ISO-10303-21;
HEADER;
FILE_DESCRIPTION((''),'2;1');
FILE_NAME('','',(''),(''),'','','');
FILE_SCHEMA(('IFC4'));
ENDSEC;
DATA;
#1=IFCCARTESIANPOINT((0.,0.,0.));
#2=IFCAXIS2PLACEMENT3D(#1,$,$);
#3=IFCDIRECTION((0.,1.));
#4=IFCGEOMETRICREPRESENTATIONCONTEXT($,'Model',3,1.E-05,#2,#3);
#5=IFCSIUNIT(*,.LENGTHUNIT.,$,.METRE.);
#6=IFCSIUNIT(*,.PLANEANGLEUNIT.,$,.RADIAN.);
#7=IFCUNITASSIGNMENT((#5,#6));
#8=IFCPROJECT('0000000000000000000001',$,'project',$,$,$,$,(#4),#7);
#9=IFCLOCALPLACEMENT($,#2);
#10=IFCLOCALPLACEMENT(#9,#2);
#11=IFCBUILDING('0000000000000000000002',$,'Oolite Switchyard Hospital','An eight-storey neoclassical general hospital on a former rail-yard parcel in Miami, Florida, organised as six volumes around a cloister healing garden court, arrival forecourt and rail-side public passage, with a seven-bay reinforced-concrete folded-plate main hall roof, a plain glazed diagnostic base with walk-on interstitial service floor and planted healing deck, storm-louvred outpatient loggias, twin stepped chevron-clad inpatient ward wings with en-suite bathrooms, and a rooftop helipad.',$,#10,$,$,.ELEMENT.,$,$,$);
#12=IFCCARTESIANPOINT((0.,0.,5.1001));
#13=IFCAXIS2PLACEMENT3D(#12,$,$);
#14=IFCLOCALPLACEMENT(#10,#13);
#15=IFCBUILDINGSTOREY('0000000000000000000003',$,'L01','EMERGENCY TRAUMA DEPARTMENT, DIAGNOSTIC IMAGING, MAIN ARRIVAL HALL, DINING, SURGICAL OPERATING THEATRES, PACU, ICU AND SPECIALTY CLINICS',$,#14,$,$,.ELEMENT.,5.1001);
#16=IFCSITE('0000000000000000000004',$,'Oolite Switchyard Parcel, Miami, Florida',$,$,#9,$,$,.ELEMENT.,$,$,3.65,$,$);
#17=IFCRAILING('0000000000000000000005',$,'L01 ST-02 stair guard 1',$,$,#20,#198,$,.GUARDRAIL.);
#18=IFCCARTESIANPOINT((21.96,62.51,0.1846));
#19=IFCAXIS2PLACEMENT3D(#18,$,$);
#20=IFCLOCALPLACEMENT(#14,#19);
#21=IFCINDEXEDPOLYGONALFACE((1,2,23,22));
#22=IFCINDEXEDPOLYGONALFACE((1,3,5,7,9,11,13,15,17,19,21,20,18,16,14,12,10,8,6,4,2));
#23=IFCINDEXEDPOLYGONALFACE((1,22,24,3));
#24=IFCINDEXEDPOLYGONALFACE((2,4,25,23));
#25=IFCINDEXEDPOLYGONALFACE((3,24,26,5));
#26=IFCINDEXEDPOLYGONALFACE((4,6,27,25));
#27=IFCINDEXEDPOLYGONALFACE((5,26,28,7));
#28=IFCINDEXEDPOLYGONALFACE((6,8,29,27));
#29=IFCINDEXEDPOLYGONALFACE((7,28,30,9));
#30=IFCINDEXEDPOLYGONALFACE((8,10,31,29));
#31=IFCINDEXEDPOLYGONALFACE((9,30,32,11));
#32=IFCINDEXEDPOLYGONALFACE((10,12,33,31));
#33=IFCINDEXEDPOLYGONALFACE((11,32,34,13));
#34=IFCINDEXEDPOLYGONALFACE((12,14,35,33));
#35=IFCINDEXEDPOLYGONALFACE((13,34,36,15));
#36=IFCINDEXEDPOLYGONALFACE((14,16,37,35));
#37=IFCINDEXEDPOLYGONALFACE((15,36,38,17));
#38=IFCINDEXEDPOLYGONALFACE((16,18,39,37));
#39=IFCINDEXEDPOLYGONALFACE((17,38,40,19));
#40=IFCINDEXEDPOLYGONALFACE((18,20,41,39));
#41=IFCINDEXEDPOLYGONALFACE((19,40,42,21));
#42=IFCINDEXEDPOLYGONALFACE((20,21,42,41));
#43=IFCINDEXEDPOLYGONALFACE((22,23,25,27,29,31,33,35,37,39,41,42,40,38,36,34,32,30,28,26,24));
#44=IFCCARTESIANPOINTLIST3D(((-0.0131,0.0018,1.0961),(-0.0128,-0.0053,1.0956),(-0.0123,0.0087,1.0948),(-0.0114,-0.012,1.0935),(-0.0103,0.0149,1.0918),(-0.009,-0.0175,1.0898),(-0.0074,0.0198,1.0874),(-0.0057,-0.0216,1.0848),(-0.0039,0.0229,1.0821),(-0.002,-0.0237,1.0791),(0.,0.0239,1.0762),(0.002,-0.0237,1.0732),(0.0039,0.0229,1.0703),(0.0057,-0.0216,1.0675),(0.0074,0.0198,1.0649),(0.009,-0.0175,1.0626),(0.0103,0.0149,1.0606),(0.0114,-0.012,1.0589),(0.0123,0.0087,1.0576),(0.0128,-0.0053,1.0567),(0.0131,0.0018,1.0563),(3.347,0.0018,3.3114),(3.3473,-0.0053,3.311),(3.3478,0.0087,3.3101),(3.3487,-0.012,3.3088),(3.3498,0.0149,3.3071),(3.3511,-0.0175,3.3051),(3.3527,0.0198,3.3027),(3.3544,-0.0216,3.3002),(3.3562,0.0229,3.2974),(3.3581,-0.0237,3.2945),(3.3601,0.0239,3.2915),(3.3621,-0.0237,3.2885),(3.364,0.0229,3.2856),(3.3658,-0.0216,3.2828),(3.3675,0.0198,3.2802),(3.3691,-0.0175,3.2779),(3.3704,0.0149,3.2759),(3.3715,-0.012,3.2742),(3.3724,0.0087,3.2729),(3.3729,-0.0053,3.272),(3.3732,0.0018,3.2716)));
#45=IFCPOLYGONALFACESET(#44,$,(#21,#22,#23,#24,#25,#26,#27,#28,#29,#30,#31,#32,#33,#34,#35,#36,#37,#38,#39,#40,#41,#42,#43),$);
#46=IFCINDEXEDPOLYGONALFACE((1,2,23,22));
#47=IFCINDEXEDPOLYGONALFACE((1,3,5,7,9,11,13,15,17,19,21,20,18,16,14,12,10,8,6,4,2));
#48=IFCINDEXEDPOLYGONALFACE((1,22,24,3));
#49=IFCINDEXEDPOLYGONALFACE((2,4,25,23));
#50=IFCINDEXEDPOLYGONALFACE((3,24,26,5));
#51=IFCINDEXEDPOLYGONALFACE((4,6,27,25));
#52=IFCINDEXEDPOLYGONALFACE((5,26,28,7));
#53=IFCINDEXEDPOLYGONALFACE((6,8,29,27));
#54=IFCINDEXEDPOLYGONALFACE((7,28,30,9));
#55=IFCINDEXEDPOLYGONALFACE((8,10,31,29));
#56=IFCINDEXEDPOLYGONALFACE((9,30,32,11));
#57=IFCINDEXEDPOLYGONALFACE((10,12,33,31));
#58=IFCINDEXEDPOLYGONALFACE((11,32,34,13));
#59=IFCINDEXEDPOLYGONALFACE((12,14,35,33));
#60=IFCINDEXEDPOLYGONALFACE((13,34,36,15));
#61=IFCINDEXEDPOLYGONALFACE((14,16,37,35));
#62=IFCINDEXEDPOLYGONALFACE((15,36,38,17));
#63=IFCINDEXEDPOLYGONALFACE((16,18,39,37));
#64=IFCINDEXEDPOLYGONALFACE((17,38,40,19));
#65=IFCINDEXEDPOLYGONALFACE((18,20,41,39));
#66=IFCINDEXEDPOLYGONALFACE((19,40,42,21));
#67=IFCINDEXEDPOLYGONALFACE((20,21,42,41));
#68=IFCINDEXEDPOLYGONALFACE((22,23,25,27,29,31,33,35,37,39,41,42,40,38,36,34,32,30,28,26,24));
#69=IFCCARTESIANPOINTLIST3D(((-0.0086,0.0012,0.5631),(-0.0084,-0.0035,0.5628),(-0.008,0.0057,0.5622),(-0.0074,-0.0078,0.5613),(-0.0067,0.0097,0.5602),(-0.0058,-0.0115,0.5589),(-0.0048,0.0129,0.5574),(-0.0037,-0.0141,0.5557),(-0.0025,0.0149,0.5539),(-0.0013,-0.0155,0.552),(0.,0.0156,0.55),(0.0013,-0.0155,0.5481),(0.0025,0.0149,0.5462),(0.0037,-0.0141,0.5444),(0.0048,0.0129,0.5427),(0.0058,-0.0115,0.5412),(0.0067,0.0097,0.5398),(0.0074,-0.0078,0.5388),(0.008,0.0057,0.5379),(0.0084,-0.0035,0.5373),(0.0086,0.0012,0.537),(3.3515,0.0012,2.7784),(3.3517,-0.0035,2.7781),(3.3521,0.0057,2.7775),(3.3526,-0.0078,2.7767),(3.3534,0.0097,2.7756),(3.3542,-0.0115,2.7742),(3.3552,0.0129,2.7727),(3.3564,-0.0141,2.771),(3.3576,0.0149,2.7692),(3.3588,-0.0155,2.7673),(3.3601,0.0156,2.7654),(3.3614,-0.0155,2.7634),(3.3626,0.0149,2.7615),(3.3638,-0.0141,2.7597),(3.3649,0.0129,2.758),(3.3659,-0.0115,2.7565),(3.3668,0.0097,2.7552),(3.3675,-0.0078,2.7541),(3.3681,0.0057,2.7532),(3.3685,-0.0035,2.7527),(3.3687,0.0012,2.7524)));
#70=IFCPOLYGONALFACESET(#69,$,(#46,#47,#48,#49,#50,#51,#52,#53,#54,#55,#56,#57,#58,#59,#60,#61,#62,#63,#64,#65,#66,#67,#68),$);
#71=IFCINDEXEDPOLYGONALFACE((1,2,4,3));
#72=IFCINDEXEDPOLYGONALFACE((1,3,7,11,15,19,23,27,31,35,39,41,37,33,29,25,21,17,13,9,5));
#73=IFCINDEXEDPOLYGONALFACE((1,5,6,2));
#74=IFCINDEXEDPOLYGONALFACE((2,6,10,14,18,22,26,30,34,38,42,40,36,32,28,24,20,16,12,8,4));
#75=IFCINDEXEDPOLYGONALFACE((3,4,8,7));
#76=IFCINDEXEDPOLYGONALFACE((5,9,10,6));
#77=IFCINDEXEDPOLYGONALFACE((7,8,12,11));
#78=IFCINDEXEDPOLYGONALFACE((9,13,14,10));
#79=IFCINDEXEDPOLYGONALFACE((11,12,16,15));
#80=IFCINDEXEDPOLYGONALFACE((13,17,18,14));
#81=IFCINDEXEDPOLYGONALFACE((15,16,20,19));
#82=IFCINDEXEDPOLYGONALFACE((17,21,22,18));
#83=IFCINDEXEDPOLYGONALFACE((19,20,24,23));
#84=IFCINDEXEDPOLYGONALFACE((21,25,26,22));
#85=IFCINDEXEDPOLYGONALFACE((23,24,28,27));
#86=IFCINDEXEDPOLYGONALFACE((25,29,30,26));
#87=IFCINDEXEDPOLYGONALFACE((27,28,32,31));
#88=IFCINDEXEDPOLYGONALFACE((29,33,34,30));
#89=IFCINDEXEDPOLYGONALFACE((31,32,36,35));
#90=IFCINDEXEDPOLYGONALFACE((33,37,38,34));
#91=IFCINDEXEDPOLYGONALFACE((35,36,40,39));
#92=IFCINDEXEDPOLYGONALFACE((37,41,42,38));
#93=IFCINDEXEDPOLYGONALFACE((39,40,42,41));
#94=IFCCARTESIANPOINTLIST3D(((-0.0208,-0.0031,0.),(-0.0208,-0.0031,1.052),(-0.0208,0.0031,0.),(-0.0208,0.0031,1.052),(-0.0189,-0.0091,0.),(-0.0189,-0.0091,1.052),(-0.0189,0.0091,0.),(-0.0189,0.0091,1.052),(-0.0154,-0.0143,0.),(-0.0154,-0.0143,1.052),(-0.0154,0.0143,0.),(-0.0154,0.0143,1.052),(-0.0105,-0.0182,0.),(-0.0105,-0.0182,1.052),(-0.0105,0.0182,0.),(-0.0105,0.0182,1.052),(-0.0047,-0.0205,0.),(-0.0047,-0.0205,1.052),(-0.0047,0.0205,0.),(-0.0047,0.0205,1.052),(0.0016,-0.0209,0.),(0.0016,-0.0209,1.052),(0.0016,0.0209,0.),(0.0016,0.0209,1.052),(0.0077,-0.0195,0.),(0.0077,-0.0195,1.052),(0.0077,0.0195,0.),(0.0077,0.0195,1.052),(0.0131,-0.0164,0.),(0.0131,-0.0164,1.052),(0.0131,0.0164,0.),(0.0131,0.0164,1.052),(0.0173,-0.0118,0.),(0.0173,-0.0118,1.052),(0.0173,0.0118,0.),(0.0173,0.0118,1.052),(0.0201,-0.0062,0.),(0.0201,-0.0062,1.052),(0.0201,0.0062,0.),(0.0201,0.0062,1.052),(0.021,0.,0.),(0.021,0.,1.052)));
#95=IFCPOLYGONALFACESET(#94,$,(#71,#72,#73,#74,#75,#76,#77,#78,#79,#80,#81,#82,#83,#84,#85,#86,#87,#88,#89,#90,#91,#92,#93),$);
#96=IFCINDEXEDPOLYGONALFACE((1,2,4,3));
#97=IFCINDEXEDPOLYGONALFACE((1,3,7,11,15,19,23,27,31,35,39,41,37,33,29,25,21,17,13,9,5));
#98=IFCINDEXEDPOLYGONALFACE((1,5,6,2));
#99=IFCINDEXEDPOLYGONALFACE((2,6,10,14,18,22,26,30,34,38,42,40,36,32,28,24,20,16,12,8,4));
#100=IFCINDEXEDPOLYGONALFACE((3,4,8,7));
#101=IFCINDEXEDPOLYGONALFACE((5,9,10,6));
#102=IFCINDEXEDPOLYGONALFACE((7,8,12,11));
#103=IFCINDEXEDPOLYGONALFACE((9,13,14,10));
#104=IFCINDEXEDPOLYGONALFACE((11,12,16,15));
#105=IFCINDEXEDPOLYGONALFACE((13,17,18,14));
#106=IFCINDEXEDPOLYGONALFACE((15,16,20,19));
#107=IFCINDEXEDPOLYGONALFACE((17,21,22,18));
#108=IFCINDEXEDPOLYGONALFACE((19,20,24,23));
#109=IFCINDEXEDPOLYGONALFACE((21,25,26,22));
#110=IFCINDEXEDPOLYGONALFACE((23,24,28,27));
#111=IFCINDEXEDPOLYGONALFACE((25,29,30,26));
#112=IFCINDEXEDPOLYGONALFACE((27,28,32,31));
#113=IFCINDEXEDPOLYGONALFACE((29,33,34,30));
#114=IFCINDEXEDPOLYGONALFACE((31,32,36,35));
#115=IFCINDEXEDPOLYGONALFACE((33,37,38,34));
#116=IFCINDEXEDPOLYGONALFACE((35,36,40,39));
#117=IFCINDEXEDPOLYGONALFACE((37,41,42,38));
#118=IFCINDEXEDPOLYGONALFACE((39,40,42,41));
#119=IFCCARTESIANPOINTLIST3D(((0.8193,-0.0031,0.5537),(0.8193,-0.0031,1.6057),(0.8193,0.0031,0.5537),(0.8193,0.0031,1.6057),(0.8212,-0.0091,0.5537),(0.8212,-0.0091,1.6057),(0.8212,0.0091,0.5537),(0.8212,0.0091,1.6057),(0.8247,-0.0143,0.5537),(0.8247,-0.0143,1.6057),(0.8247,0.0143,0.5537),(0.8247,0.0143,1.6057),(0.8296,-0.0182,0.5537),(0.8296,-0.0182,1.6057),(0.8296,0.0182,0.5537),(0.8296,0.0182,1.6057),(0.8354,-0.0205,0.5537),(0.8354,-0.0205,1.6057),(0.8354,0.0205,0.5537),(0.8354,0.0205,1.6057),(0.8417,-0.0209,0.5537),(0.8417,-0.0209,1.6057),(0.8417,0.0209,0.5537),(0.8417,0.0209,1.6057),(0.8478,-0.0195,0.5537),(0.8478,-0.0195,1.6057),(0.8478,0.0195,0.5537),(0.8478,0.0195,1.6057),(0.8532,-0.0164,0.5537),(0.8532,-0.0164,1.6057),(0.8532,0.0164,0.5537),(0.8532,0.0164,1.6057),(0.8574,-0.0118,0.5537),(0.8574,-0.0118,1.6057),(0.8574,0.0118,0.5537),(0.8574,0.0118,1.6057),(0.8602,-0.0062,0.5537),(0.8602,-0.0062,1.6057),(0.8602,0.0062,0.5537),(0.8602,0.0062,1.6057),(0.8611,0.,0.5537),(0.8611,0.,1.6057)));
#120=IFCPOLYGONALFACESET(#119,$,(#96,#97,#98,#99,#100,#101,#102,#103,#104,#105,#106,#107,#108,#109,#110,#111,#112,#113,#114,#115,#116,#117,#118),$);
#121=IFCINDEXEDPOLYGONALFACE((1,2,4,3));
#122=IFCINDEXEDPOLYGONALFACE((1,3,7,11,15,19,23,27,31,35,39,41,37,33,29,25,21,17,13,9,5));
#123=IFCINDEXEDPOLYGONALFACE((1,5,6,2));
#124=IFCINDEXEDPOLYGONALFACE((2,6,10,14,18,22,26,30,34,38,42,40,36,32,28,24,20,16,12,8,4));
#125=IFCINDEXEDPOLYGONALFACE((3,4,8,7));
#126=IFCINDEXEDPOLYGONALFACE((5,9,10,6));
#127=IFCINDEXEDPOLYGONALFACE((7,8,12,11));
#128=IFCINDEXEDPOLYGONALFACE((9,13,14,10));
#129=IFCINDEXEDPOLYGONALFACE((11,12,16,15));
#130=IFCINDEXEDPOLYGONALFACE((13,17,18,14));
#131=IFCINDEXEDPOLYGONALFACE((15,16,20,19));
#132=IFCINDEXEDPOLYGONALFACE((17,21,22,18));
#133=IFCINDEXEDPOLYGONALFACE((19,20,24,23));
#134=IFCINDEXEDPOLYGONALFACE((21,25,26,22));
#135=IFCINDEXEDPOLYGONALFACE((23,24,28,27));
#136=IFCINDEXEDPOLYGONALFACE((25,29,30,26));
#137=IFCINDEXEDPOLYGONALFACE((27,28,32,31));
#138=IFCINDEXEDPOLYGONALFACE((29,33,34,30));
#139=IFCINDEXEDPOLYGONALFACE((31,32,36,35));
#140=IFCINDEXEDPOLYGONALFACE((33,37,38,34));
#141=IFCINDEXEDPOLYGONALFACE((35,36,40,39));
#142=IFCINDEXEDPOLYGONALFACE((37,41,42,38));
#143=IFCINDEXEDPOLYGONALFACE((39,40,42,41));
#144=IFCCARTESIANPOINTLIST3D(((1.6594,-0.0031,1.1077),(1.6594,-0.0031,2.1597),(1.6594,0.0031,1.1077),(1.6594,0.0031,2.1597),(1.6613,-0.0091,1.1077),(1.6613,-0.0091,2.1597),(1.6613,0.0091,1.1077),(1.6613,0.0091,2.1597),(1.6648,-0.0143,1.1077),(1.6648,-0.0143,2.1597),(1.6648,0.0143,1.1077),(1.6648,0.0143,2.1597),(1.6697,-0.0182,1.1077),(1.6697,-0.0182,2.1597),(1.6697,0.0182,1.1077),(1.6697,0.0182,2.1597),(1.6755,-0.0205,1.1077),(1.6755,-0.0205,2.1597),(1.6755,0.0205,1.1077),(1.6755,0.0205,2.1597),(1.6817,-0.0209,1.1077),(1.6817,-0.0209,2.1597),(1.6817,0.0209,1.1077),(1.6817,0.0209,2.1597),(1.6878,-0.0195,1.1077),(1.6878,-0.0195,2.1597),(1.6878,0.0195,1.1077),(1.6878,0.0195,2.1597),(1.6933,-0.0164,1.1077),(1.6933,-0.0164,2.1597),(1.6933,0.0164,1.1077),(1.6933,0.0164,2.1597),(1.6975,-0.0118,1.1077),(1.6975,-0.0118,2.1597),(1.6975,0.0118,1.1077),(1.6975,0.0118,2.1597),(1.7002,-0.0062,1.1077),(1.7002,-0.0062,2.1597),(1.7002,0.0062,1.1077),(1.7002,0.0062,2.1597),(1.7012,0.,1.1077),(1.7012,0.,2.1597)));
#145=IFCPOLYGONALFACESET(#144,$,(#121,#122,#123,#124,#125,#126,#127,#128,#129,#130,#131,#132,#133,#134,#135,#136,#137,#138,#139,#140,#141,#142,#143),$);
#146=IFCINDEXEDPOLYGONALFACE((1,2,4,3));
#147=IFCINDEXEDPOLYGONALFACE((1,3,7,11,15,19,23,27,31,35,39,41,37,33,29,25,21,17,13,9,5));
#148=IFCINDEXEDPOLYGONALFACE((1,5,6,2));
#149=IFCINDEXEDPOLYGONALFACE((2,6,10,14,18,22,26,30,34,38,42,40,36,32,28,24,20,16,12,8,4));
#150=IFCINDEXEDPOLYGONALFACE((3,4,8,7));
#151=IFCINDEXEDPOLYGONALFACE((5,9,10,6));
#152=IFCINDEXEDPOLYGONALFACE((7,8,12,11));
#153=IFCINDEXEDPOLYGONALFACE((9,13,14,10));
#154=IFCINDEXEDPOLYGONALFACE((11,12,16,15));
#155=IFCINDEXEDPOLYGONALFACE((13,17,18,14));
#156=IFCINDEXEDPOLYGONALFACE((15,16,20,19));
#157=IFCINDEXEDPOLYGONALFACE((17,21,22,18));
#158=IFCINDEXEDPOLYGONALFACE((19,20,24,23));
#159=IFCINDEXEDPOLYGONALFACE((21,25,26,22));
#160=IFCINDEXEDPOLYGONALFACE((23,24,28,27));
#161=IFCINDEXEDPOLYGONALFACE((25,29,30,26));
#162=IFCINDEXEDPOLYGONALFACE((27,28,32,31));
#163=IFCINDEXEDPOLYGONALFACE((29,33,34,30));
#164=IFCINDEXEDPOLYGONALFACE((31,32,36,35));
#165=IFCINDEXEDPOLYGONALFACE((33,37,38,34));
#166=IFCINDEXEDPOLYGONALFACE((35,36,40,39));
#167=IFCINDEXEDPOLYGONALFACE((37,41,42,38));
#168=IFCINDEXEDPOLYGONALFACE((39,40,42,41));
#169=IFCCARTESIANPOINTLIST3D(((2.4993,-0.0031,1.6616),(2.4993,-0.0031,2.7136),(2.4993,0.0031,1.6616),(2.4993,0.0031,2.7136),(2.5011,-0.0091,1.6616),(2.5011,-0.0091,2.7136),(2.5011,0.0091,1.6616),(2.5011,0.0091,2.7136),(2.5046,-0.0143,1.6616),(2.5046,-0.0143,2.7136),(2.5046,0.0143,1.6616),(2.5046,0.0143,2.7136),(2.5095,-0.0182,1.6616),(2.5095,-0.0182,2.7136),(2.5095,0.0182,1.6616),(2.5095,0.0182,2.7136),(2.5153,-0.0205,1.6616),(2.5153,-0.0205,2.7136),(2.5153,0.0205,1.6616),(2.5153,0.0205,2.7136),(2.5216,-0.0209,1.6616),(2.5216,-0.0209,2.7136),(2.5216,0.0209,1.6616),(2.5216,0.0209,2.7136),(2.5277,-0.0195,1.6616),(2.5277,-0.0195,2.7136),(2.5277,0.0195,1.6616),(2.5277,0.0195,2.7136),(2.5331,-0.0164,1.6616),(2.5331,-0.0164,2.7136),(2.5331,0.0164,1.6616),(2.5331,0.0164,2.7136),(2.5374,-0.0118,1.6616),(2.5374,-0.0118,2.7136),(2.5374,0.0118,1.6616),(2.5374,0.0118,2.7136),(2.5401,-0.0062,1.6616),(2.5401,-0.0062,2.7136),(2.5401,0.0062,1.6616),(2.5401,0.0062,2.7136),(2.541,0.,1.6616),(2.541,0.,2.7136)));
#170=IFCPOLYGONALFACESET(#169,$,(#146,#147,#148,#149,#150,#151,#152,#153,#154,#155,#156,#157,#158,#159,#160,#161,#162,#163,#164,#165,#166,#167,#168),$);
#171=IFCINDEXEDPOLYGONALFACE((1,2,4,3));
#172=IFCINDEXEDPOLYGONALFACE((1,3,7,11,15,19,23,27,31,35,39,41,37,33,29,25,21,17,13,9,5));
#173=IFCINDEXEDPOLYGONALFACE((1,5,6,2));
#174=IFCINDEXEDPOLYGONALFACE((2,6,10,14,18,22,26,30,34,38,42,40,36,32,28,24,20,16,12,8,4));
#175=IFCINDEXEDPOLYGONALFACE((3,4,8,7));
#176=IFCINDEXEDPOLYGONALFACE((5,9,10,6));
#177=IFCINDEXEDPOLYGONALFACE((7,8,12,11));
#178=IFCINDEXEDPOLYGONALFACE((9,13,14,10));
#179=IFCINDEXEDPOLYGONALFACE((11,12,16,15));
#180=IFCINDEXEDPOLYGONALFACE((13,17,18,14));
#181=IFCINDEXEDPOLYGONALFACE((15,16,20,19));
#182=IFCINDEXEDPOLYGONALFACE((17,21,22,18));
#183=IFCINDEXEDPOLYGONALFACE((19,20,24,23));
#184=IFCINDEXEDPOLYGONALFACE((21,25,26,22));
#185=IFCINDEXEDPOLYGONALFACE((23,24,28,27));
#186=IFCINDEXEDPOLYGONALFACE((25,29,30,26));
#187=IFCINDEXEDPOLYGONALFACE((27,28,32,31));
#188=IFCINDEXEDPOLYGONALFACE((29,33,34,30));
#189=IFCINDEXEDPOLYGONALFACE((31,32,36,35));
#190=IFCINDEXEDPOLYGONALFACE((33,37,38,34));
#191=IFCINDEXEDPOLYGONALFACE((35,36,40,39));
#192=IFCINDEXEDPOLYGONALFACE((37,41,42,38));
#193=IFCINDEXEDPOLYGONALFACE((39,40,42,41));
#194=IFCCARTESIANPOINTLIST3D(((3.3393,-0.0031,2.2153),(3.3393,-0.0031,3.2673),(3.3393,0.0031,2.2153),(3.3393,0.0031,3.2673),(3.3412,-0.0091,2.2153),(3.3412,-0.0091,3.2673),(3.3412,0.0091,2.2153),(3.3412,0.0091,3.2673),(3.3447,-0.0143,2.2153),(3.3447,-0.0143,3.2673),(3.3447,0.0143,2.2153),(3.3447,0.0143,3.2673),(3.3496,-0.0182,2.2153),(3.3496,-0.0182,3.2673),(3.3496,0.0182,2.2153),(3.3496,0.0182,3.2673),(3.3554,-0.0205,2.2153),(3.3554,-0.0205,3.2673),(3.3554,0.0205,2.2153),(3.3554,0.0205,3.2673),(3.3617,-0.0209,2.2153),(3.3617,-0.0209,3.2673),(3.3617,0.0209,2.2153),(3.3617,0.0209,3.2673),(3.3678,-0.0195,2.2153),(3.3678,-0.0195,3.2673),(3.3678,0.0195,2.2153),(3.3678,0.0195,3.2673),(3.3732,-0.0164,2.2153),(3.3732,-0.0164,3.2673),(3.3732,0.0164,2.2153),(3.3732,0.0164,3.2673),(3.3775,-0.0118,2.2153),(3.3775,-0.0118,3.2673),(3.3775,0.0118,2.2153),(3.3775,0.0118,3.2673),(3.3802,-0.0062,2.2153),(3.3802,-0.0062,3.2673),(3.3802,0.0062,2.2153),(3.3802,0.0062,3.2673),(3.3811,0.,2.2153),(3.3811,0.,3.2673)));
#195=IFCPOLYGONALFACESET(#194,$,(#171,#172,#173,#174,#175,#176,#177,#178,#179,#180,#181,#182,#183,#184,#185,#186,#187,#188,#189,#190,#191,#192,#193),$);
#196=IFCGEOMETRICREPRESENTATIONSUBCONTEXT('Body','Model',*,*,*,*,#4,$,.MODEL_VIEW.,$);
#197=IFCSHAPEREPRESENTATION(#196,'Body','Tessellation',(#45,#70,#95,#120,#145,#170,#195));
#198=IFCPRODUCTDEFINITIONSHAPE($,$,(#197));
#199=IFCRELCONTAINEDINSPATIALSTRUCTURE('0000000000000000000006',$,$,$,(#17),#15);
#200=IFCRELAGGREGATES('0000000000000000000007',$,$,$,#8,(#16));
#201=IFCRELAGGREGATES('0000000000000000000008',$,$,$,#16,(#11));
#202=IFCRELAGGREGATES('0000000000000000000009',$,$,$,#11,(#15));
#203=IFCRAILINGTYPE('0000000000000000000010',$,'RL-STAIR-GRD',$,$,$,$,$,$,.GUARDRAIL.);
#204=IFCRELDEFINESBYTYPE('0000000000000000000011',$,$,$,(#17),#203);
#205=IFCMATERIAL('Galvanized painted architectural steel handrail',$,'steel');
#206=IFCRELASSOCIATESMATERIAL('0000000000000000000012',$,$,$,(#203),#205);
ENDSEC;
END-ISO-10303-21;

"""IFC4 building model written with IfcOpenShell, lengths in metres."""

from ifc_helpers import new_model, si_unit, direction, frame, origin, origin_2d, place, context, subcontext, project, spatial, circle, extrude, material, type_object, element, save


model = new_model("IFC4")

# Units and contexts
model_context = context("Model", 3, precision=1e-05, world=origin(), true_north=direction((0.0, 1.0)))
body_context = subcontext(model_context, "Body", "Model", "MODEL_VIEW")
ifc_project = project(units=[si_unit("LENGTHUNIT", "METRE"), si_unit("PLANEANGLEUNIT", "RADIAN")], contexts=[model_context])

# Site, building, storey
site_placement = place(None, origin())
site = spatial("IfcSite", under=ifc_project, at=site_placement, Name="Oolite Switchyard Parcel, Miami, Florida", CompositionType="ELEMENT", RefElevation=3.65)
building_placement = place(site_placement, origin())
building = spatial("IfcBuilding", under=site, at=building_placement, Name="Oolite Switchyard Hospital", Description="An eight-storey neoclassical general hospital on a former rail-yard parcel in Miami, Florida, organised as six volumes around a cloister healing garden court, arrival forecourt and rail-side public passage, with a seven-bay reinforced-concrete folded-plate main hall roof, a plain glazed diagnostic base with walk-on interstitial service floor and planted healing deck, storm-louvred outpatient loggias, twin stepped chevron-clad inpatient ward wings with en-suite bathrooms, and a rooftop helipad.", CompositionType="ELEMENT")
storey_placement = place(building_placement, frame((0.0, 0.0, 5.1001)))
storey = spatial("IfcBuildingStorey", under=building, at=storey_placement, Name="L01", Description="EMERGENCY TRAUMA DEPARTMENT, DIAGNOSTIC IMAGING, MAIN ARRIVAL HALL, DINING, SURGICAL OPERATING THEATRES, PACU, ICU AND SPECIALTY CLINICS", CompositionType="ELEMENT", Elevation=5.1001)

# Railing
ifc_material_1 = material(Name="Galvanized painted architectural steel handrail", Category="steel")
railing_type_1 = type_object("IfcRailingType", Name="RL-STAIR-GRD", PredefinedType="GUARDRAIL", material=ifc_material_1)
railing_1_placement = place(storey_placement, frame((21.96, 62.51, 0.1846)))
element("IfcRailing", 1, at=railing_1_placement, inside=storey, type_object=railing_type_1, Name="L01 ST-02 stair guard 1", PredefinedType="GUARDRAIL", context=body_context, shape_type="SweptSolid", body=[
    extrude(circle(Radius=0.0239, at=origin_2d()), frame((0.0, 0.0, 1.0762), z_axis=(0.834876, 0.0, 0.550437), x_axis=(0.0, 1.0, 0.0)), (0.0, 0.0, 1.0), 4.0247),
    extrude(circle(Radius=0.0156, at=origin_2d()), frame((0.0, 0.0, 0.55), z_axis=(0.834876, 0.0, 0.550437), x_axis=(0.0, 1.0, 0.0)), (0.0, 0.0, 1.0), 4.0247),
    extrude(circle(Radius=0.021, at=origin_2d()), origin(), (0.0, 0.0, 1.0), 1.052),
    extrude(circle(Radius=0.021, at=origin_2d()), frame((0.8401, 0.0, 0.5537)), (0.0, 0.0, 1.0), 1.052),
    extrude(circle(Radius=0.021, at=origin_2d()), frame((1.6802, 0.0, 1.1077)), (0.0, 0.0, 1.0), 1.052),
    extrude(circle(Radius=0.021, at=origin_2d()), frame((2.52, 0.0, 1.6616)), (0.0, 0.0, 1.0), 1.052),
    extrude(circle(Radius=0.021, at=origin_2d()), frame((3.3601, 0.0, 2.2153)), (0.0, 0.0, 1.0), 1.052),
])

save(model, "model.ifc")
